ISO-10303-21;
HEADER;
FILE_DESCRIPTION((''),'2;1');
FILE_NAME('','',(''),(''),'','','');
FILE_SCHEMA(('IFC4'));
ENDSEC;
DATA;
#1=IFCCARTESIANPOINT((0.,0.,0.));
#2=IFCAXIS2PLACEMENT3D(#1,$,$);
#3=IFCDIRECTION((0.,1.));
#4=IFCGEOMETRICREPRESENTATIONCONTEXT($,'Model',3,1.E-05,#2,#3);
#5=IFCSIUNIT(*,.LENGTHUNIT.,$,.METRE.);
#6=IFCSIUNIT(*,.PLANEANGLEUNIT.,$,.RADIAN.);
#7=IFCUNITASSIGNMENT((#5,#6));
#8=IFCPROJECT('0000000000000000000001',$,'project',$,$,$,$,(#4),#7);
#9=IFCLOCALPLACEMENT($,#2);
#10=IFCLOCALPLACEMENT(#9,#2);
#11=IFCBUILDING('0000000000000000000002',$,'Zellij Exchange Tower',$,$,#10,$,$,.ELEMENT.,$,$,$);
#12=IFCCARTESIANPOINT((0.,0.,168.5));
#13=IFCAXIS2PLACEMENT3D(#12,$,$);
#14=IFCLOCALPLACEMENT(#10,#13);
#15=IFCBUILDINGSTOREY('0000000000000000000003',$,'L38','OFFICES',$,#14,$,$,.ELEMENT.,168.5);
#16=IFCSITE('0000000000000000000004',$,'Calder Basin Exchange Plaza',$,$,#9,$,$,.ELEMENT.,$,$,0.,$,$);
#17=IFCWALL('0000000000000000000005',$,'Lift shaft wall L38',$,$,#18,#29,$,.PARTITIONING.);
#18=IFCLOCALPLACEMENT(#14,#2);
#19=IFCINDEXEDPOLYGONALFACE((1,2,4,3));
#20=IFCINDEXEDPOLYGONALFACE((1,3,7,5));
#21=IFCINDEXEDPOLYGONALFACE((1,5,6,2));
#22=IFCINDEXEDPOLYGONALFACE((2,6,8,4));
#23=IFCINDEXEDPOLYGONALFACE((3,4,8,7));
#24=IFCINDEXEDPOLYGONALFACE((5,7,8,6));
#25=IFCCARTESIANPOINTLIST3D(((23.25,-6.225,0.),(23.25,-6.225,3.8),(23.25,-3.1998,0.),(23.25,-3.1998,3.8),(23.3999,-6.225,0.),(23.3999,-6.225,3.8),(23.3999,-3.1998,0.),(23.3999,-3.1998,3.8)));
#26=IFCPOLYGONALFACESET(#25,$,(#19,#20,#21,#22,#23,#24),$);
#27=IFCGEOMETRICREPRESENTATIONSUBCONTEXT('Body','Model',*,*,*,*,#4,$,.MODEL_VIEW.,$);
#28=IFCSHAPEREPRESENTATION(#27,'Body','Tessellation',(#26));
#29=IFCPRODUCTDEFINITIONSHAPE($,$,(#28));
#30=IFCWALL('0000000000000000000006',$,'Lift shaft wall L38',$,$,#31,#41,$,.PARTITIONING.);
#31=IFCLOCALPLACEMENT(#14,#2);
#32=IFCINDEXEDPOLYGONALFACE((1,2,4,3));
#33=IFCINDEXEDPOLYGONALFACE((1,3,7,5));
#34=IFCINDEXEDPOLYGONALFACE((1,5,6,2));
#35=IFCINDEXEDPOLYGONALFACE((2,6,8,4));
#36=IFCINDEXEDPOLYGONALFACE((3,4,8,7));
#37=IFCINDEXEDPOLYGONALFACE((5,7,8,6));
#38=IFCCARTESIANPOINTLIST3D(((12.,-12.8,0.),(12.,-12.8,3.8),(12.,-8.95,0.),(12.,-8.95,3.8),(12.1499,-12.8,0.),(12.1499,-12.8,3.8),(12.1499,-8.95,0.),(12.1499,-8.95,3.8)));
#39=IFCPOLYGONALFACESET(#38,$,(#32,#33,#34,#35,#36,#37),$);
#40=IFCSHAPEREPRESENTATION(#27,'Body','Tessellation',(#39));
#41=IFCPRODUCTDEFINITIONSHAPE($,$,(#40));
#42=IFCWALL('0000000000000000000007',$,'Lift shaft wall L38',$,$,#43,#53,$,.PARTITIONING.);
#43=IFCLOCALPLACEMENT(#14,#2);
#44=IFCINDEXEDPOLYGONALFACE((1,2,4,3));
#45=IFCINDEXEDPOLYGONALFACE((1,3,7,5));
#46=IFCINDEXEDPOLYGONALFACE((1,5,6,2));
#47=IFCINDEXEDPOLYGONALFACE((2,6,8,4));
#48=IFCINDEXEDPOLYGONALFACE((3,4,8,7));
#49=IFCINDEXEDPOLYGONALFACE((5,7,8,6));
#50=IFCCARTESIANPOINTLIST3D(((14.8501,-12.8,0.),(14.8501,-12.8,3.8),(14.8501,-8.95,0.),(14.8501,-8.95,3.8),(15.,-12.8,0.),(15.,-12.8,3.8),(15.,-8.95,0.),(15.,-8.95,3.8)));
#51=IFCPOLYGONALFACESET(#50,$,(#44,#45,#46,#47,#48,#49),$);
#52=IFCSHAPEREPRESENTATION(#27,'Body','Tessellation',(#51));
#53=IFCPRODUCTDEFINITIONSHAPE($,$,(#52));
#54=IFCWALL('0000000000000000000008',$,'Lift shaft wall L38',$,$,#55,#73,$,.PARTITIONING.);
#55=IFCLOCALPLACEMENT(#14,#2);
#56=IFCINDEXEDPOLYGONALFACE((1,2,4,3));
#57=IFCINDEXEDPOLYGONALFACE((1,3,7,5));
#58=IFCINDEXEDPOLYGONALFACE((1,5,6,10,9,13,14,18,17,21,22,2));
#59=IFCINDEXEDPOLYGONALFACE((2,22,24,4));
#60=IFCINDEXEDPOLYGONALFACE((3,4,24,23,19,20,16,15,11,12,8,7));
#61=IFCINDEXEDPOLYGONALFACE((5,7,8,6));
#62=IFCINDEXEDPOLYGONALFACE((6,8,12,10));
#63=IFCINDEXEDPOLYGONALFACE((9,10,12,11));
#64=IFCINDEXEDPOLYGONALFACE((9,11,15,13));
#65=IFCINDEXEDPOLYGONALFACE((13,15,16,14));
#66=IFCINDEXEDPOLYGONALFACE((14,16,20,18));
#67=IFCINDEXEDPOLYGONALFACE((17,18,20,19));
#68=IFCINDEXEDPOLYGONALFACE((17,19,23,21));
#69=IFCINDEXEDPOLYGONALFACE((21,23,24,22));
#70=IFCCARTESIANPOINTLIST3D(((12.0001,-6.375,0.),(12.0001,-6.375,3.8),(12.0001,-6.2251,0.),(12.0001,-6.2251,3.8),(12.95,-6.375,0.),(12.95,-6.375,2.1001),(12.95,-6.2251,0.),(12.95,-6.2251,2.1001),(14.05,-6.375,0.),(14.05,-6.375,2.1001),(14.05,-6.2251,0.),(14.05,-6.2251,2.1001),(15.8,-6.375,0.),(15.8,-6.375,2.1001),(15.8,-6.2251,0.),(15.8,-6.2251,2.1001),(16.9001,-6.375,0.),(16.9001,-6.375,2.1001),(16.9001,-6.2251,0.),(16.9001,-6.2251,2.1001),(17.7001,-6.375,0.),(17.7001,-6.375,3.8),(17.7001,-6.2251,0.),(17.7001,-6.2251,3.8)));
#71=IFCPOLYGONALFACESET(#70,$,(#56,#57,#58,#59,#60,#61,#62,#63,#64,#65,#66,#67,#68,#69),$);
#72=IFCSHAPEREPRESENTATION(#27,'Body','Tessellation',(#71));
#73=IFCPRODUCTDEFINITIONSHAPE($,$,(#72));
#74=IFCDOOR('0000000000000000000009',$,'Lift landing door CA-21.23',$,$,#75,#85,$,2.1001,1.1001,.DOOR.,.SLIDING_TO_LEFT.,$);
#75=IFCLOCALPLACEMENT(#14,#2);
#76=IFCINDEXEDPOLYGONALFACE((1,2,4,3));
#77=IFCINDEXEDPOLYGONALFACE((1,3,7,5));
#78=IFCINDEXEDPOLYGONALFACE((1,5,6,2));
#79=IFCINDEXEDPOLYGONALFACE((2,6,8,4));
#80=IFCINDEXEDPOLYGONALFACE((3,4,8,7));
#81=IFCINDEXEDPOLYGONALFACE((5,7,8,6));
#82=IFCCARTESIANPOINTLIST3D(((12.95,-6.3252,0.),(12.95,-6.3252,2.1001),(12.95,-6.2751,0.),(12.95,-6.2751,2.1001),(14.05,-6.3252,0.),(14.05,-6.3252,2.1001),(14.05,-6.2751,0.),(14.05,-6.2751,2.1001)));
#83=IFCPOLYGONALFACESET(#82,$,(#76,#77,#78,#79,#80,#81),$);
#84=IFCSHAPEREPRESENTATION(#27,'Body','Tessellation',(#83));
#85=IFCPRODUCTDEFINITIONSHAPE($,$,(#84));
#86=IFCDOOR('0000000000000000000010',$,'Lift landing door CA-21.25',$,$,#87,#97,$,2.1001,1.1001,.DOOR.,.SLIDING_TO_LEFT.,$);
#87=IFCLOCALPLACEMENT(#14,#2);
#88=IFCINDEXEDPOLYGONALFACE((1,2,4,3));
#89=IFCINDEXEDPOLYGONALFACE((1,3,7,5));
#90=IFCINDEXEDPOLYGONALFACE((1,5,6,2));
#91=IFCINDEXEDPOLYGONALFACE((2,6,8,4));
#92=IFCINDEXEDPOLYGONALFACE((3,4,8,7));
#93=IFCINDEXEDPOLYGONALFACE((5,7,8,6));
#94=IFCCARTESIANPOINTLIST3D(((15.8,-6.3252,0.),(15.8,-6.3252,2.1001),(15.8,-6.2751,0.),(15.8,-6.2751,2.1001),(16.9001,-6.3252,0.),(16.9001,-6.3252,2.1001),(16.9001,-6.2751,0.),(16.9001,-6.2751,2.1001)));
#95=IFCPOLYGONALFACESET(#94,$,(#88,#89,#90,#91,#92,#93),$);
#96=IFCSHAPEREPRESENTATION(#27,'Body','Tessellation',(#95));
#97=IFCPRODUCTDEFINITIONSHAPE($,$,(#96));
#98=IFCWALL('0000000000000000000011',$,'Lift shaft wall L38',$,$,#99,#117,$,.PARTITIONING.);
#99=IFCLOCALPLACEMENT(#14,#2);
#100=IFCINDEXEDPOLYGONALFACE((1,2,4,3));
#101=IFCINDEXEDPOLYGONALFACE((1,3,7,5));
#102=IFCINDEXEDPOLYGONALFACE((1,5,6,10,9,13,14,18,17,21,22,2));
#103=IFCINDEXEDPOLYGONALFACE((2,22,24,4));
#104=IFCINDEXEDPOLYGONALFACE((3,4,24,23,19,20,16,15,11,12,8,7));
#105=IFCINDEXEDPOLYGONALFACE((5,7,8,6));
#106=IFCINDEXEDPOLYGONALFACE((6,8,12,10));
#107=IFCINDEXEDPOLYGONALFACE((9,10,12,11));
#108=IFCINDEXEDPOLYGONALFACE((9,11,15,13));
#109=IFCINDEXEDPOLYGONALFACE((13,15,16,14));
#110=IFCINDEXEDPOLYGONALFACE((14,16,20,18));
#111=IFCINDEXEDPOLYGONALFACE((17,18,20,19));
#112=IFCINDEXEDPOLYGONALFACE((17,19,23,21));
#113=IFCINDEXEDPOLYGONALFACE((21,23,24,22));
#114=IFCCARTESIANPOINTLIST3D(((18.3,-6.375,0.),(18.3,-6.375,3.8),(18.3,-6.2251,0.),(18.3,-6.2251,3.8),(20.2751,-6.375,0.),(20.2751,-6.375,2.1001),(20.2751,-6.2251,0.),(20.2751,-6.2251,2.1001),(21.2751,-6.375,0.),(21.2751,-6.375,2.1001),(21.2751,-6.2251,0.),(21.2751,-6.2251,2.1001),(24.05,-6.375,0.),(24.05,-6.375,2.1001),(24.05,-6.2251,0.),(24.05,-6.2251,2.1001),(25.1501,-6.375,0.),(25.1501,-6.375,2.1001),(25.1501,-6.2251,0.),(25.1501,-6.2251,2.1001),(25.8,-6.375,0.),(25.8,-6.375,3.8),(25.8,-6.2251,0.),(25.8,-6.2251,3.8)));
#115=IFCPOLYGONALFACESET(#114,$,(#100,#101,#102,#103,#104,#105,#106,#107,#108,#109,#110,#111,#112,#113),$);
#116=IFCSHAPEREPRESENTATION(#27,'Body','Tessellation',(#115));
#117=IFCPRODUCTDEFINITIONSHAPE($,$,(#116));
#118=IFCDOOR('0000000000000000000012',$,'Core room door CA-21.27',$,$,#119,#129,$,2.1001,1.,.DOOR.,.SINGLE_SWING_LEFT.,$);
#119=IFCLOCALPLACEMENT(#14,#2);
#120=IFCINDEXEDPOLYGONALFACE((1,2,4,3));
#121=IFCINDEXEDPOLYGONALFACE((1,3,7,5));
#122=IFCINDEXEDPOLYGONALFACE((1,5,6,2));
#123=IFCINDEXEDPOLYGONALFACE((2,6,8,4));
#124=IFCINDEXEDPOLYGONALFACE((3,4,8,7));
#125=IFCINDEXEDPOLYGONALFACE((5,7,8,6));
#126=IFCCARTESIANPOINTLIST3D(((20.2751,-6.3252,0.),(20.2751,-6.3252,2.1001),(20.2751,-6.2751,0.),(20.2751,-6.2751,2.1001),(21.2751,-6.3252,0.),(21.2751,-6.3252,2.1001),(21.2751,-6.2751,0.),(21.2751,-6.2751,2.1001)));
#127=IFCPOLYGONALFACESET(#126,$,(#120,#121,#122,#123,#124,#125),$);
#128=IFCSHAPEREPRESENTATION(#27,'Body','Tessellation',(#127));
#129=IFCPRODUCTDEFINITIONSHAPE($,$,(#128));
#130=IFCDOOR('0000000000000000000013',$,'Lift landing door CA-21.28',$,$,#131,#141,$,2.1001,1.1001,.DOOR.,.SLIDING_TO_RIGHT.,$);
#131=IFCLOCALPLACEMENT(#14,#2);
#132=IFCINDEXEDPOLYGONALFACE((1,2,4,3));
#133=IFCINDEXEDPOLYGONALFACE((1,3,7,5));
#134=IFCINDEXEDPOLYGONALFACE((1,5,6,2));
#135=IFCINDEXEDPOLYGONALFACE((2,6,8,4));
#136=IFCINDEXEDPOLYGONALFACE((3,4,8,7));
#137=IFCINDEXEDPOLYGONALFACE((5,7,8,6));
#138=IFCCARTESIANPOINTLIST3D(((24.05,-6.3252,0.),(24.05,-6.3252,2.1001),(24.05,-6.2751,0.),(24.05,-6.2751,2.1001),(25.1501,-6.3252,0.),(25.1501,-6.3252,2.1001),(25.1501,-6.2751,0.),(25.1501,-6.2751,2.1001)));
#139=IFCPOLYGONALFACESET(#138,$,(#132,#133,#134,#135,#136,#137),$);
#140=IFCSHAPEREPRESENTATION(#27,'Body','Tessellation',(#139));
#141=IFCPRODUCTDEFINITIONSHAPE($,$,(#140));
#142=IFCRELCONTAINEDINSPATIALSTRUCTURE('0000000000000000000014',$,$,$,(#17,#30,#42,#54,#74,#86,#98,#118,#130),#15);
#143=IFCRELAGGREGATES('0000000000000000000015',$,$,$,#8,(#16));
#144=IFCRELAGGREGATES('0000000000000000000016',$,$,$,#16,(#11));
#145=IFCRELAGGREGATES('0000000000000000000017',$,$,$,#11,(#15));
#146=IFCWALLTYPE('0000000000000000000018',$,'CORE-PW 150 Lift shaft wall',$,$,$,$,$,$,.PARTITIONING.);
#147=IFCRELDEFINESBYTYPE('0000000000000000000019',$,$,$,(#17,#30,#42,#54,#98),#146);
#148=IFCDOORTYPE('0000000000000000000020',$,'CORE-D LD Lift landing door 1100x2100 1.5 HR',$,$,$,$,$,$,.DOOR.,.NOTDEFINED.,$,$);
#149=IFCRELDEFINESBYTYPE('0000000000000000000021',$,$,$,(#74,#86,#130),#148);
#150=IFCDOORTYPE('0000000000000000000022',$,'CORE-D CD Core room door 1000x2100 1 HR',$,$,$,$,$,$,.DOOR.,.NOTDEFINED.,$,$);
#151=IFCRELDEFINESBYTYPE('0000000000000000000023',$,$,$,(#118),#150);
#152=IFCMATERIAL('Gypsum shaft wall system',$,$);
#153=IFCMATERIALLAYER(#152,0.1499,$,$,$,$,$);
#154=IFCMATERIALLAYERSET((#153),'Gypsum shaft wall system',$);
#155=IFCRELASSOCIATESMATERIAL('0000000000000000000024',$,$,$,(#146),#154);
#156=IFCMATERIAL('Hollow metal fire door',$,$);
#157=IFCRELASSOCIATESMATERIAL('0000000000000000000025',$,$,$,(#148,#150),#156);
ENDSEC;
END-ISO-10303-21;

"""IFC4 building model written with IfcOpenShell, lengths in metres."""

from ifc_helpers import new_model, si_unit, direction, frame, frame_2d, origin, place, context, subcontext, project, spatial, rectangle, extrude, material, layer, layer_set, type_object, element, fill, save


model = new_model("IFC4")

# Units and contexts
model_context = context("Model", 3, precision=1e-05, world=origin(), true_north=direction((0.0, 1.0)))
body_context = subcontext(model_context, "Body", "Model", "MODEL_VIEW")
ifc_project = project(units=[si_unit("LENGTHUNIT", "METRE"), si_unit("PLANEANGLEUNIT", "RADIAN")], contexts=[model_context])

# Site, building, storey
site_placement = place(None, origin())
site = spatial("IfcSite", under=ifc_project, at=site_placement, Name="Calder Basin Exchange Plaza", CompositionType="ELEMENT", RefElevation=0.0)
building_placement = place(site_placement, origin())
building = spatial("IfcBuilding", under=site, at=building_placement, Name="Zellij Exchange Tower", CompositionType="ELEMENT")
storey_placement = place(building_placement, frame((0.0, 0.0, 168.5)))
storey = spatial("IfcBuildingStorey", under=building, at=storey_placement, Name="L38", Description="OFFICES", CompositionType="ELEMENT", Elevation=168.5)

# Shared definitions
ifc_material_1 = material(Name="Hollow metal fire door")

# Walls
ifc_material_2 = material(Name="Gypsum shaft wall system")
ifc_layer_1 = layer(ifc_material_2, 0.1499)
ifc_layer_set_1 = layer_set([ifc_layer_1], Name="Gypsum shaft wall system")
wall_type_1 = type_object("IfcWallType", Name="CORE-PW 150 Lift shaft wall", PredefinedType="PARTITIONING", material=ifc_layer_set_1)
for number, where, z_axis, x_axis, name in (
    (1, (23.325, -6.2251, 0.0), (0.0, 0.0, 1.0), (0.0, 1.0, 0.0), "Lift shaft wall L38"),
):
    element("IfcWall", number, at=place(storey_placement, frame(where, z_axis=z_axis, x_axis=x_axis)), inside=storey, type_object=wall_type_1, Name=name, PredefinedType="PARTITIONING", context=body_context, shape_type="SweptSolid", body=[
        extrude(rectangle(XDim=3.0251, YDim=0.1499, at=frame_2d((1.5127, 0.0))), origin(), (0.0, 0.0, 1.0), 3.8),
    ])
for number, where, z_axis, x_axis, name in (
    (2, (12.075, -12.8, 0.0), (0.0, 0.0, 1.0), (0.0, 1.0, 0.0), "Lift shaft wall L38"),
    (3, (14.925, -12.8, 0.0), (0.0, 0.0, 1.0), (0.0, 1.0, 0.0), "Lift shaft wall L38"),
):
    element("IfcWall", number, at=place(storey_placement, frame(where, z_axis=z_axis, x_axis=x_axis)), inside=storey, type_object=wall_type_1, Name=name, PredefinedType="PARTITIONING", context=body_context, shape_type="SweptSolid", body=[
        extrude(rectangle(XDim=3.8501, YDim=0.1499, at=frame_2d((1.925, 0.0))), origin(), (0.0, 0.0, 1.0), 3.8),
    ])

# Walls, openings, doors
wall_1_placement = place(storey_placement, frame((12.0, -6.3, 0.0), z_axis=(0.0, 0.0, 1.0), x_axis=(1.0, 0.0, 0.0)))
wall_1 = element("IfcWall", 4, at=wall_1_placement, inside=storey, type_object=wall_type_1, Name="Lift shaft wall L38", PredefinedType="PARTITIONING", context=body_context, shape_type="SweptSolid", body=[
    extrude(rectangle(XDim=5.7, YDim=0.1499, at=frame_2d((2.8501, 0.0))), origin(), (0.0, 0.0, 1.0), 3.8),
])
opening_1_placement = place(wall_1_placement, frame((0.95, 0.0, 0.0)))
opening_1 = element("IfcOpeningElement", 5, at=opening_1_placement, cuts=wall_1, PredefinedType="OPENING", context=body_context, shape_type="SweptSolid", body=[
    extrude(rectangle(XDim=1.1001, YDim=2.1001, at=frame_2d((0.55, 1.05))), frame((0.0, 0.0869, 0.0), z_axis=(0.0, -1.0, 0.0), x_axis=(1.0, 0.0, 0.0)), (0.0, 0.0, 1.0), 0.1738),
])
opening_2_placement = place(wall_1_placement, frame((3.8, 0.0, 0.0)))
opening_2 = element("IfcOpeningElement", 6, at=opening_2_placement, cuts=wall_1, PredefinedType="OPENING", context=body_context, shape_type="SweptSolid", body=[
    extrude(rectangle(XDim=1.1001, YDim=2.1001, at=frame_2d((0.55, 1.05))), frame((0.0, 0.0869, 0.0), z_axis=(0.0, -1.0, 0.0), x_axis=(1.0, 0.0, 0.0)), (0.0, 0.0, 1.0), 0.1738),
])
door_type_1 = type_object("IfcDoorType", Name="CORE-D LD Lift landing door 1100x2100 1.5 HR", OperationType="NOTDEFINED", PredefinedType="DOOR", material=ifc_material_1)
door_1_placement = place(opening_1_placement, origin())
door_1 = element("IfcDoor", 7, at=door_1_placement, inside=storey, type_object=door_type_1, Name="Lift landing door CA-21.23", OperationType="SLIDING_TO_LEFT", OverallHeight=2.1001, OverallWidth=1.1001, PredefinedType="DOOR", context=body_context, shape_type="SweptSolid", body=[
    extrude(rectangle(XDim=1.1001, YDim=2.1001, at=frame_2d((0.55, 1.05))), frame((0.0, 0.0249, 0.0), z_axis=(0.0, -1.0, 0.0), x_axis=(1.0, 0.0, 0.0)), (0.0, 0.0, 1.0), 0.05),
])
fill(opening_1, door_1)
door_2_placement = place(opening_2_placement, origin())
door_2 = element("IfcDoor", 8, at=door_2_placement, inside=storey, type_object=door_type_1, Name="Lift landing door CA-21.25", OperationType="SLIDING_TO_LEFT", OverallHeight=2.1001, OverallWidth=1.1001, PredefinedType="DOOR", context=body_context, shape_type="SweptSolid", body=[
    extrude(rectangle(XDim=1.1001, YDim=2.1001, at=frame_2d((0.55, 1.05))), frame((0.0, 0.0249, 0.0), z_axis=(0.0, -1.0, 0.0), x_axis=(1.0, 0.0, 0.0)), (0.0, 0.0, 1.0), 0.05),
])
fill(opening_2, door_2)
wall_2_placement = place(storey_placement, frame((18.3, -6.3, 0.0), z_axis=(0.0, 0.0, 1.0), x_axis=(1.0, 0.0, 0.0)))
wall_2 = element("IfcWall", 9, at=wall_2_placement, inside=storey, type_object=wall_type_1, Name="Lift shaft wall L38", PredefinedType="PARTITIONING", context=body_context, shape_type="SweptSolid", body=[
    extrude(rectangle(XDim=7.5, YDim=0.1499, at=frame_2d((3.75, 0.0))), origin(), (0.0, 0.0, 1.0), 3.8),
])
opening_3_placement = place(wall_2_placement, frame((1.9751, 0.0, 0.0)))
opening_3 = element("IfcOpeningElement", 10, at=opening_3_placement, cuts=wall_2, PredefinedType="OPENING", context=body_context, shape_type="SweptSolid", body=[
    extrude(rectangle(XDim=1.0, YDim=2.1001, at=frame_2d((0.5, 1.05))), frame((0.0, 0.0869, 0.0), z_axis=(0.0, -1.0, 0.0), x_axis=(1.0, 0.0, 0.0)), (0.0, 0.0, 1.0), 0.1738),
])
opening_4_placement = place(wall_2_placement, frame((5.75, 0.0, 0.0)))
opening_4 = element("IfcOpeningElement", 11, at=opening_4_placement, cuts=wall_2, PredefinedType="OPENING", context=body_context, shape_type="SweptSolid", body=[
    extrude(rectangle(XDim=1.1001, YDim=2.1001, at=frame_2d((0.55, 1.05))), frame((0.0, 0.0869, 0.0), z_axis=(0.0, -1.0, 0.0), x_axis=(1.0, 0.0, 0.0)), (0.0, 0.0, 1.0), 0.1738),
])
door_type_2 = type_object("IfcDoorType", Name="CORE-D CD Core room door 1000x2100 1 HR", OperationType="NOTDEFINED", PredefinedType="DOOR", material=ifc_material_1)
door_3_placement = place(opening_3_placement, origin())
door_3 = element("IfcDoor", 12, at=door_3_placement, inside=storey, type_object=door_type_2, Name="Core room door CA-21.27", OperationType="SINGLE_SWING_LEFT", OverallHeight=2.1001, OverallWidth=1.0, PredefinedType="DOOR", context=body_context, shape_type="SweptSolid", body=[
    extrude(rectangle(XDim=1.0, YDim=2.1001, at=frame_2d((0.5, 1.05))), frame((0.0, 0.0249, 0.0), z_axis=(0.0, -1.0, 0.0), x_axis=(1.0, 0.0, 0.0)), (0.0, 0.0, 1.0), 0.05),
])
fill(opening_3, door_3)
door_4_placement = place(opening_4_placement, origin())
door_4 = element("IfcDoor", 13, at=door_4_placement, inside=storey, type_object=door_type_1, Name="Lift landing door CA-21.28", OperationType="SLIDING_TO_RIGHT", OverallHeight=2.1001, OverallWidth=1.1001, PredefinedType="DOOR", context=body_context, shape_type="SweptSolid", body=[
    extrude(rectangle(XDim=1.1001, YDim=2.1001, at=frame_2d((0.55, 1.05))), frame((0.0, 0.0249, 0.0), z_axis=(0.0, -1.0, 0.0), x_axis=(1.0, 0.0, 0.0)), (0.0, 0.0, 1.0), 0.05),
])
fill(opening_4, door_4)

save(model, "model.ifc")
